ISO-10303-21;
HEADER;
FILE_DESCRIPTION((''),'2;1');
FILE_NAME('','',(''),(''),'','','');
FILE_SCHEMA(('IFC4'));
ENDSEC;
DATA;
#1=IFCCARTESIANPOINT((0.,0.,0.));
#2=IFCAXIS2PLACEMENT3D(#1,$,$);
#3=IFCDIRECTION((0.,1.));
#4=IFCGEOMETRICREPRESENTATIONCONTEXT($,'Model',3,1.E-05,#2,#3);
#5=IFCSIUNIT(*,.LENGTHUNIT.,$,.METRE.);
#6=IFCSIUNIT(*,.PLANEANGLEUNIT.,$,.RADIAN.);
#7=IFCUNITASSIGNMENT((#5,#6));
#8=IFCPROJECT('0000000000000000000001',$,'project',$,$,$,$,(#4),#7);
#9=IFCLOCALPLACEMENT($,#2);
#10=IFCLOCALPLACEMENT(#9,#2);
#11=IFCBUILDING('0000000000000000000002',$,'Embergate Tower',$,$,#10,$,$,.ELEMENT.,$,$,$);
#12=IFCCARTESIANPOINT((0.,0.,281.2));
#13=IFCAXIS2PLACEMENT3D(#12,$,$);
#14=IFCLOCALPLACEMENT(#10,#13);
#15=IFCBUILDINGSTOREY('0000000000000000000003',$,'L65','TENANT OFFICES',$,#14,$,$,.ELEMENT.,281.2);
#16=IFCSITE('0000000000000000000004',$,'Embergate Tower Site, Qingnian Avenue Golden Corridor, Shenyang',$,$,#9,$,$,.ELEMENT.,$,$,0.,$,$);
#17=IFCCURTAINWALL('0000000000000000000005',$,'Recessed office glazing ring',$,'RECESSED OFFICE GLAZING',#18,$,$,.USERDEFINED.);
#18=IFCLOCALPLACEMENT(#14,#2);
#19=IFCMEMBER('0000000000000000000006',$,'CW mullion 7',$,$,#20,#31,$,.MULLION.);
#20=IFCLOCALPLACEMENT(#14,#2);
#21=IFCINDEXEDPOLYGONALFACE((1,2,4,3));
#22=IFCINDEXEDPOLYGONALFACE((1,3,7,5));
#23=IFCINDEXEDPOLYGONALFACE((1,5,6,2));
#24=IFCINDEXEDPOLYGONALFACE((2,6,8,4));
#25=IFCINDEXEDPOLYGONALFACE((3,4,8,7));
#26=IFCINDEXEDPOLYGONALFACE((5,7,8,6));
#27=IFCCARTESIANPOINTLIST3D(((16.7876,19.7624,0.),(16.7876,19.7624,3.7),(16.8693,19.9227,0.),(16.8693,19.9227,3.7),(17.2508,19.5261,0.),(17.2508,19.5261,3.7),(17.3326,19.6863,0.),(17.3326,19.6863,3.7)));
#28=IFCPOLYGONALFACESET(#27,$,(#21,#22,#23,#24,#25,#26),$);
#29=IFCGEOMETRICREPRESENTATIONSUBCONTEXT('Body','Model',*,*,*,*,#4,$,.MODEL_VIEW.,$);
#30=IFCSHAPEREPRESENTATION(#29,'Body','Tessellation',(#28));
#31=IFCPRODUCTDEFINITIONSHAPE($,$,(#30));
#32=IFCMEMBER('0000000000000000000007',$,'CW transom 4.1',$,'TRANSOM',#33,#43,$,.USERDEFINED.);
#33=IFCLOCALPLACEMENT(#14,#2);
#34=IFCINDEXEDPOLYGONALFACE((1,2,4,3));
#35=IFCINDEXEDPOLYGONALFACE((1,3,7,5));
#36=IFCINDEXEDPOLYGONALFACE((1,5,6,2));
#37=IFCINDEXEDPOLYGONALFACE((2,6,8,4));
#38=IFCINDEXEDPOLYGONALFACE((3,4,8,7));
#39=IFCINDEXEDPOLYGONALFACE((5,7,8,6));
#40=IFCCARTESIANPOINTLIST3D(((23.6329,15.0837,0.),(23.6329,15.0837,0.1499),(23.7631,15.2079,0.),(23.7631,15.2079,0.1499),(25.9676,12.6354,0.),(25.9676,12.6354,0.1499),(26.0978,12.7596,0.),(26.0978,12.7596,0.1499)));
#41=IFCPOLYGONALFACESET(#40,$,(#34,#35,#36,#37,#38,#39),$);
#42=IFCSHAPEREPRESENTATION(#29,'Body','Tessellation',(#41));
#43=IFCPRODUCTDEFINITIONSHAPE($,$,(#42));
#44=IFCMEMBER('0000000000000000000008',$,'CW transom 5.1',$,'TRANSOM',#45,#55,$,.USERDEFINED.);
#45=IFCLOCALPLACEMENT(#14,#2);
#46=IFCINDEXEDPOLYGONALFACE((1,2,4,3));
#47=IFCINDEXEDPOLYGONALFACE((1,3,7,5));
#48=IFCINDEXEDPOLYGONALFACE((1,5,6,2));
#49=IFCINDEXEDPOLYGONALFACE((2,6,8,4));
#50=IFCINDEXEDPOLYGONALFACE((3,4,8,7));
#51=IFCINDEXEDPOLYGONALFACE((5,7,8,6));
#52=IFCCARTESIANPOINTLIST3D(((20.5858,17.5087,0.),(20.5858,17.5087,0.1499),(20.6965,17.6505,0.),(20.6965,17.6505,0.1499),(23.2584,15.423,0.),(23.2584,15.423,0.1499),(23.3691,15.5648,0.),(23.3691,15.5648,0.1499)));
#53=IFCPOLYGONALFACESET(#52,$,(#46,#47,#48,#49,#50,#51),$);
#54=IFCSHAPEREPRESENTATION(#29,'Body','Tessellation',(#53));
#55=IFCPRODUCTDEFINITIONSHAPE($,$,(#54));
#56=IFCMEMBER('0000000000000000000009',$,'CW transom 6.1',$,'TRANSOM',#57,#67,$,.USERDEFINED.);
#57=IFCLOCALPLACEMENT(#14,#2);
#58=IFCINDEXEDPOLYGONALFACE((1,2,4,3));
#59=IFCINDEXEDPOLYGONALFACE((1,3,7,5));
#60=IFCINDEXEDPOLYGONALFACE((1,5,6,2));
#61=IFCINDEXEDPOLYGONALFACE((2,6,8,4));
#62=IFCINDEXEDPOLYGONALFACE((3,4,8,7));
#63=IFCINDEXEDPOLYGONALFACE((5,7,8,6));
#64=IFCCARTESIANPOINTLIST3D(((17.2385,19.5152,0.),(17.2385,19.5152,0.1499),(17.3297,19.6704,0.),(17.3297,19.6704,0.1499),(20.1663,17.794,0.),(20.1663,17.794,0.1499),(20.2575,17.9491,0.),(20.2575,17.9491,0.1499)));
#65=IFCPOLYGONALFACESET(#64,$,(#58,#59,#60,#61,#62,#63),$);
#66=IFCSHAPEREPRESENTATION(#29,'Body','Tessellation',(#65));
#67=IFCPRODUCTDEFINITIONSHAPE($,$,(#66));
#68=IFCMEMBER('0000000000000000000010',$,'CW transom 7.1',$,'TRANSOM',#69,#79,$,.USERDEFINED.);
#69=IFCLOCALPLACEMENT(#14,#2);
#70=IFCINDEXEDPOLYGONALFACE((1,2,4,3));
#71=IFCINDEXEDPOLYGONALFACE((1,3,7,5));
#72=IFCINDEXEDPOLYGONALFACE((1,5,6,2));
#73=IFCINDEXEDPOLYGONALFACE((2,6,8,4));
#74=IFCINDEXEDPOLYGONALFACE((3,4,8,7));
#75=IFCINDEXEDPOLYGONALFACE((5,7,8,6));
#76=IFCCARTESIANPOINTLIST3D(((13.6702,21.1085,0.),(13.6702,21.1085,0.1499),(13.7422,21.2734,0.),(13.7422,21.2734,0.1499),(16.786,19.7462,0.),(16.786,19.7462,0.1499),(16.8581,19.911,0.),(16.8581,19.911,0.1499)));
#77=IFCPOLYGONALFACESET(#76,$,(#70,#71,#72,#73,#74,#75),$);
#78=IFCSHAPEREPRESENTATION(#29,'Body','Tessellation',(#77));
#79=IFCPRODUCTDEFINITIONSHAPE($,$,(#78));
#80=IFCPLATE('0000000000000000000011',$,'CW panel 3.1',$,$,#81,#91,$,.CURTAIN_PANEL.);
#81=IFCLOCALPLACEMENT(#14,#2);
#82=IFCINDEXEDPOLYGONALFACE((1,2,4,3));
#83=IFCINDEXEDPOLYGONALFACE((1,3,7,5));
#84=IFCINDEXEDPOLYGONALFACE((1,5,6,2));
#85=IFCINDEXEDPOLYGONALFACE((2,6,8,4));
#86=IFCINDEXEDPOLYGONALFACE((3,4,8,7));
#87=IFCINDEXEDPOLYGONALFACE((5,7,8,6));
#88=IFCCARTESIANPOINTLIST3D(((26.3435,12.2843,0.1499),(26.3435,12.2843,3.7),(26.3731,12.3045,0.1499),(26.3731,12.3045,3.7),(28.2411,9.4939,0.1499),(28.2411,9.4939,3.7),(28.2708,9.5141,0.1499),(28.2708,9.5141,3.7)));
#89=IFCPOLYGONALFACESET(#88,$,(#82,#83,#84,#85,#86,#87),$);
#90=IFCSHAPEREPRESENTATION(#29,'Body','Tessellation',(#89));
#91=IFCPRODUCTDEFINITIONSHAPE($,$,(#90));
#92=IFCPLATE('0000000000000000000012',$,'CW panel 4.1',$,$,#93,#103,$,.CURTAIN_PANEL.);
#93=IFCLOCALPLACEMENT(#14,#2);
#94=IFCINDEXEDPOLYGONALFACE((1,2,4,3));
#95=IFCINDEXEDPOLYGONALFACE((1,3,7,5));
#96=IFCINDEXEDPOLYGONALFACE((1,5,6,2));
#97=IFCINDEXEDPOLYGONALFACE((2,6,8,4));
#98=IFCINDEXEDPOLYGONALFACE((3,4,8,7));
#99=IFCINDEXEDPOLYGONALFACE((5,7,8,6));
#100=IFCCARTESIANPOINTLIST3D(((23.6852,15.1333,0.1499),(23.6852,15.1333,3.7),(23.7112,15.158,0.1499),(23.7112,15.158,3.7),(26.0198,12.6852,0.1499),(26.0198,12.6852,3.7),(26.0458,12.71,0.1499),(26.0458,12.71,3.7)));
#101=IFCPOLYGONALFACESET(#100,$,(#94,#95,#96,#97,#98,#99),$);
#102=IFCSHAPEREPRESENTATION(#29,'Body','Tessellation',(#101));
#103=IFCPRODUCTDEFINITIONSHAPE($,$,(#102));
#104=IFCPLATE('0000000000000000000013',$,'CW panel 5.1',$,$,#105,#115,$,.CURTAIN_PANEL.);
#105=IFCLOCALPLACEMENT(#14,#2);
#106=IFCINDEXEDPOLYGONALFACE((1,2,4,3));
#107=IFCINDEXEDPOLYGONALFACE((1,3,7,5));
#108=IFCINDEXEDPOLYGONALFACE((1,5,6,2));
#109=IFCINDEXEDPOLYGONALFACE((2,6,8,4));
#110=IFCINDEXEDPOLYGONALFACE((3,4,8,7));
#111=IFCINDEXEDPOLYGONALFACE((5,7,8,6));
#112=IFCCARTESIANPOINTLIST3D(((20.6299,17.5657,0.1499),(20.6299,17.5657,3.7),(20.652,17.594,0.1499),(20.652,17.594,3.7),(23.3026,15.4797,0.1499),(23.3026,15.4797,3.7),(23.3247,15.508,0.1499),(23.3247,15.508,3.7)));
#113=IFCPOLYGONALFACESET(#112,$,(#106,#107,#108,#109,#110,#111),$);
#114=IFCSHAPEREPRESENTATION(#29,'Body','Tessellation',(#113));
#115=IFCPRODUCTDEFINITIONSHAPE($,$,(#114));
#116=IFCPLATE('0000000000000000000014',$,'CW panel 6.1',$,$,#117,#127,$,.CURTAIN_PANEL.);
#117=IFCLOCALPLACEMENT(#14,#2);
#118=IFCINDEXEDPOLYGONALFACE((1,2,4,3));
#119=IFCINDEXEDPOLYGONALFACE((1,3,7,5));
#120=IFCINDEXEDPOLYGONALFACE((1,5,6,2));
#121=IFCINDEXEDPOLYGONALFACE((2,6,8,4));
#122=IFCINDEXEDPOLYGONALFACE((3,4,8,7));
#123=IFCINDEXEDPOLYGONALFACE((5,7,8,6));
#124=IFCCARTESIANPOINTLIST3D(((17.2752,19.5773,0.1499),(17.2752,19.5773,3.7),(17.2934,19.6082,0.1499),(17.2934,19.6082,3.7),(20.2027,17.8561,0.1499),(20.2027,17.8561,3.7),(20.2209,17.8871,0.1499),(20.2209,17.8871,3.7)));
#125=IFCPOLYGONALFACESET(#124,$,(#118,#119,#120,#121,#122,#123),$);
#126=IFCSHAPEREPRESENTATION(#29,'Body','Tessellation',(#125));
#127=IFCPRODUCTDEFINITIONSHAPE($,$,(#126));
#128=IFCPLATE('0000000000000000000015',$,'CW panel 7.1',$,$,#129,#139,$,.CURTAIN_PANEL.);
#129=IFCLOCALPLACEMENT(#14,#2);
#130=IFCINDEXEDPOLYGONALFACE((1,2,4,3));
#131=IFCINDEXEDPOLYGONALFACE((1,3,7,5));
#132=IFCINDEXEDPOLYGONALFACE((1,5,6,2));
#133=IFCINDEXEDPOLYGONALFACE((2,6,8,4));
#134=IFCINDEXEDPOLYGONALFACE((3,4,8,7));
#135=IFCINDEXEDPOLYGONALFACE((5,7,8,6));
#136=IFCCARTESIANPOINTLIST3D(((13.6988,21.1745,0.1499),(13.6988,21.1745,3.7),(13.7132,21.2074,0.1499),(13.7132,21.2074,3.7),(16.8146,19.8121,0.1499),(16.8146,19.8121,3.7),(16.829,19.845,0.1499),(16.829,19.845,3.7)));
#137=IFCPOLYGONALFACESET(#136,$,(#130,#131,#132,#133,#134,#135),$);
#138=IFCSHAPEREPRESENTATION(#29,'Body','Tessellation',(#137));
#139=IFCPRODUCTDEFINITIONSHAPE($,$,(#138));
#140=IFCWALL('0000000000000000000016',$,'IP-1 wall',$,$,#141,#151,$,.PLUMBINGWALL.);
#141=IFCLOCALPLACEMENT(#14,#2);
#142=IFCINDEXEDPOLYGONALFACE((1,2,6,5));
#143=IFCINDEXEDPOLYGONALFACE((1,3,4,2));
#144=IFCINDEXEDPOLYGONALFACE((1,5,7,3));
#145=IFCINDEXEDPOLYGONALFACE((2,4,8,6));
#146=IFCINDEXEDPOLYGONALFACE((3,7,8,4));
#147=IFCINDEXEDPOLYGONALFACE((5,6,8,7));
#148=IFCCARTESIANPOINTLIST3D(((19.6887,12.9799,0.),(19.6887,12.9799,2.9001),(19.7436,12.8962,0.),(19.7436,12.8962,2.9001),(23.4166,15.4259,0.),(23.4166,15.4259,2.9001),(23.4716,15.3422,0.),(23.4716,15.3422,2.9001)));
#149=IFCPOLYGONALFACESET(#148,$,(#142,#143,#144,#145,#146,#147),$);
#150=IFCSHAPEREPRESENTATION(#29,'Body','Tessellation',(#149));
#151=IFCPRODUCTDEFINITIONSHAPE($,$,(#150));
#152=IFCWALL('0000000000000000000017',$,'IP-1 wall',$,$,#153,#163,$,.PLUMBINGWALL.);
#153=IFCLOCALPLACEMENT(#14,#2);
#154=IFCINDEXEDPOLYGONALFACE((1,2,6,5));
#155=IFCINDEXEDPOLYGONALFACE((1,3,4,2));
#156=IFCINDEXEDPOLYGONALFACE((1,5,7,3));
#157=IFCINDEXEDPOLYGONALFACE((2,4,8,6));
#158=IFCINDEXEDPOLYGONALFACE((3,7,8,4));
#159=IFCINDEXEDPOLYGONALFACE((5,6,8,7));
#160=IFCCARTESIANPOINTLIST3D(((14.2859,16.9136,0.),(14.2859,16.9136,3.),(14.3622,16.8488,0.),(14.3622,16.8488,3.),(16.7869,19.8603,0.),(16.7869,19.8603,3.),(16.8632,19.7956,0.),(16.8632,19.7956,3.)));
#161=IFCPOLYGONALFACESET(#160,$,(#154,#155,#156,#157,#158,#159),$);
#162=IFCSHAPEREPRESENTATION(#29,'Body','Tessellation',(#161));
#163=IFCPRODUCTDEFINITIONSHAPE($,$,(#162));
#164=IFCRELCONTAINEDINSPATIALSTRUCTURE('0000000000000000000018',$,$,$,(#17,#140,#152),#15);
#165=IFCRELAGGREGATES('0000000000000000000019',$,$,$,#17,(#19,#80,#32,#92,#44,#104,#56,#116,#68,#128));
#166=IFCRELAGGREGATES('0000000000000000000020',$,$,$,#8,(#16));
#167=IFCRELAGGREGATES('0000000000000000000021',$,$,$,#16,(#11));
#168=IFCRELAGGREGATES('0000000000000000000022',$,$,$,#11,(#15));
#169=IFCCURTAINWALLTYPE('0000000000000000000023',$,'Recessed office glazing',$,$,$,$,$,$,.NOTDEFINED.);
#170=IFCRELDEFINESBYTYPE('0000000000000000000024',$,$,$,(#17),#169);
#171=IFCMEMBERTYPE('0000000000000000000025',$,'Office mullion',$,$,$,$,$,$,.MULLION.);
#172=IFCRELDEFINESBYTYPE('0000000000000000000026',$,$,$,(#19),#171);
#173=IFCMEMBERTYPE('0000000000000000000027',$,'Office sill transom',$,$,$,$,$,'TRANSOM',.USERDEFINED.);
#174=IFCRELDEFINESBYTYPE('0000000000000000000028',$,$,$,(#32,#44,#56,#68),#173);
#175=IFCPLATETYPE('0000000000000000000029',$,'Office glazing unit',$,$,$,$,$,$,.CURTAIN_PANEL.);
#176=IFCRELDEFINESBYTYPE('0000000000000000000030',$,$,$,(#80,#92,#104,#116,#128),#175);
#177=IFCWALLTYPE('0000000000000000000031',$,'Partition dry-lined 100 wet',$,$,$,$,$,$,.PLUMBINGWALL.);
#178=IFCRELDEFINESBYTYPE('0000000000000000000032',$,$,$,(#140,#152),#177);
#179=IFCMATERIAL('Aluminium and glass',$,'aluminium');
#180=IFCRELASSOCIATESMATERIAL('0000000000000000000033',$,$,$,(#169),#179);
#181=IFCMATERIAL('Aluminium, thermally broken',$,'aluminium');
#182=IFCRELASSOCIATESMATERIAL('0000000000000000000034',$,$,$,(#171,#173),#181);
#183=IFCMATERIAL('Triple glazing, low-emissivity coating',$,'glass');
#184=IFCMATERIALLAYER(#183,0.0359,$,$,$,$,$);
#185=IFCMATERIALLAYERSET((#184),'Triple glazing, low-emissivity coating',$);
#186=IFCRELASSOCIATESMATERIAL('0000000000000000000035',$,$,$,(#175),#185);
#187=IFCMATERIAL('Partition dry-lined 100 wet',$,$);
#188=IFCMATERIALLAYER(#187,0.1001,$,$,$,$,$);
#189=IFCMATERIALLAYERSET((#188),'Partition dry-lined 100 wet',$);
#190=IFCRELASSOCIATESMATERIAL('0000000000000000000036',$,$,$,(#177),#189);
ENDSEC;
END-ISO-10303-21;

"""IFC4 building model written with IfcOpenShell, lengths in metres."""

from ifc_helpers import new_model, si_unit, direction, frame, frame_2d, origin, origin_2d, place, context, subcontext, project, spatial, rectangle, extrude, source, transform, mapped, material, layer, layer_set, material_profile, profile_set, type_object, element, aggregate, save


model = new_model("IFC4")

# Units and contexts
model_context = context("Model", 3, precision=1e-05, world=origin(), true_north=direction((0.0, 1.0)))
body_context = subcontext(model_context, "Body", "Model", "MODEL_VIEW")
ifc_project = project(units=[si_unit("LENGTHUNIT", "METRE"), si_unit("PLANEANGLEUNIT", "RADIAN")], contexts=[model_context])

# Site, building, storey
site_placement = place(None, origin())
site = spatial("IfcSite", under=ifc_project, at=site_placement, Name="Embergate Tower Site, Qingnian Avenue Golden Corridor, Shenyang", CompositionType="ELEMENT", RefElevation=0.0)
building_placement = place(site_placement, origin())
building = spatial("IfcBuilding", under=site, at=building_placement, Name="Embergate Tower", CompositionType="ELEMENT")
storey_placement = place(building_placement, frame((0.0, 0.0, 281.2)))
storey = spatial("IfcBuildingStorey", under=building, at=storey_placement, Name="L65", Description="TENANT OFFICES", CompositionType="ELEMENT", Elevation=281.2)

# Curtain wall, members, plates
ifc_material_1 = material(Name="Aluminium and glass", Category="aluminium")
curtain_wall_type = type_object("IfcCurtainWallType", Name="Recessed office glazing", PredefinedType="NOTDEFINED", material=ifc_material_1)
curtain_wall_placement = place(storey_placement, origin())
curtain_wall = element("IfcCurtainWall", 1, at=curtain_wall_placement, inside=storey, type_object=curtain_wall_type, Name="Recessed office glazing ring", ObjectType="RECESSED OFFICE GLAZING", PredefinedType="USERDEFINED")
ifc_material_2 = material(Name="Aluminium, thermally broken", Category="aluminium")
ifc_material_profile_1 = material_profile(ifc_material_2, rectangle(XDim=0.1799, YDim=0.52, at=origin_2d()), Name="AL 520x180")
ifc_profile_set_1 = profile_set([ifc_material_profile_1], Name="Aluminium, thermally broken")
member_type_1 = type_object("IfcMemberType", Name="Office mullion", PredefinedType="MULLION", material=ifc_profile_set_1)
shared_shape_1 = source(origin(), body_context, "Body", "SweptSolid", [
    extrude(rectangle(XDim=0.1799, YDim=0.52, at=origin_2d()), origin(), (0.0, 0.0, 1.0), 3.7),
])
member_1_placement = place(storey_placement, frame((17.0601, 19.7244, 0.0), z_axis=(0.0, 0.0, 1.0), x_axis=(-0.454504, -0.890745, 0.0)))
member_1 = element("IfcMember", 2, at=member_1_placement, type_object=member_type_1, Name="CW mullion 7", PredefinedType="MULLION", context=body_context, shape_type="MappedRepresentation", body=[
    mapped(shared_shape_1, transform((0.0, 0.0, 0.0))),
])
ifc_material_profile_2 = material_profile(ifc_material_2, rectangle(XDim=0.1799, YDim=0.1499, at=origin_2d()), Name="AL 150x180")
ifc_profile_set_2 = profile_set([ifc_material_profile_2], Name="Aluminium, thermally broken")
member_type_2 = type_object("IfcMemberType", Name="Office sill transom", ElementType="TRANSOM", PredefinedType="USERDEFINED", material=ifc_profile_set_2)
shared_shape_2 = source(origin(), body_context, "Body", "SweptSolid", [
    extrude(rectangle(XDim=0.1799, YDim=0.1499, at=origin_2d()), origin(), (0.0, 0.0, 1.0), 3.3831),
])
member_2_placement = place(storey_placement, frame((26.0327, 12.6975, 0.075), z_axis=(-0.690129, 0.723686, 0.0), x_axis=(-0.723686, -0.690129, 0.0)))
member_2 = element("IfcMember", 3, at=member_2_placement, type_object=member_type_2, Name="CW transom 4.1", ObjectType="TRANSOM", PredefinedType="USERDEFINED", context=body_context, shape_type="MappedRepresentation", body=[
    mapped(shared_shape_2, transform((0.0, 0.0, 0.0))),
])
shared_shape_3 = source(origin(), body_context, "Body", "SweptSolid", [
    extrude(rectangle(XDim=0.1799, YDim=0.1499, at=origin_2d()), origin(), (0.0, 0.0, 1.0), 3.3901),
])
member_3_placement = place(storey_placement, frame((23.3137, 15.4939, 0.075), z_axis=(-0.788351, 0.615226, 0.0), x_axis=(-0.615226, -0.788351, 0.0)))
member_3 = element("IfcMember", 4, at=member_3_placement, type_object=member_type_2, Name="CW transom 5.1", ObjectType="TRANSOM", PredefinedType="USERDEFINED", context=body_context, shape_type="MappedRepresentation", body=[
    mapped(shared_shape_3, transform((0.0, 0.0, 0.0))),
])
shared_shape_4 = source(origin(), body_context, "Body", "SweptSolid", [
    extrude(rectangle(XDim=0.1799, YDim=0.1499, at=origin_2d()), origin(), (0.0, 0.0, 1.0), 3.3962),
])
member_4_placement = place(storey_placement, frame((20.2119, 17.8716, 0.075), z_axis=(-0.862064, 0.5068, 0.0), x_axis=(-0.5068, -0.862064, 0.0)))
member_4 = element("IfcMember", 5, at=member_4_placement, type_object=member_type_2, Name="CW transom 6.1", ObjectType="TRANSOM", PredefinedType="USERDEFINED", context=body_context, shape_type="MappedRepresentation", body=[
    mapped(shared_shape_4, transform((0.0, 0.0, 0.0))),
])
shared_shape_5 = source(origin(), body_context, "Body", "SweptSolid", [
    extrude(rectangle(XDim=0.1799, YDim=0.1499, at=origin_2d()), origin(), (0.0, 0.0, 1.0), 3.4006),
])
member_5_placement = place(storey_placement, frame((16.822, 19.8286, 0.075), z_axis=(-0.916246, 0.400615, 0.0), x_axis=(-0.400615, -0.916246, 0.0)))
member_5 = element("IfcMember", 6, at=member_5_placement, type_object=member_type_2, Name="CW transom 7.1", ObjectType="TRANSOM", PredefinedType="USERDEFINED", context=body_context, shape_type="MappedRepresentation", body=[
    mapped(shared_shape_5, transform((0.0, 0.0, 0.0))),
])
ifc_material_3 = material(Name="Triple glazing, low-emissivity coating", Category="glass")
ifc_layer_1 = layer(ifc_material_3, 0.0359)
ifc_layer_set_1 = layer_set([ifc_layer_1], Name="Triple glazing, low-emissivity coating")
plate_type = type_object("IfcPlateType", Name="Office glazing unit", PredefinedType="CURTAIN_PANEL", material=ifc_layer_set_1)
shared_shape_6 = source(origin(), body_context, "Body", "SweptSolid", [
    extrude(rectangle(XDim=3.3745, YDim=0.0359, at=origin_2d()), origin(), (0.0, 0.0, 1.0), 3.55),
])
plate_1_placement = place(storey_placement, frame((27.3071, 10.8992, 0.1499), z_axis=(0.0, 0.0, 1.0), x_axis=(-0.562348, 0.826901, 0.0)))
plate_1 = element("IfcPlate", 7, at=plate_1_placement, type_object=plate_type, Name="CW panel 3.1", PredefinedType="CURTAIN_PANEL", context=body_context, shape_type="MappedRepresentation", body=[
    mapped(shared_shape_6, transform((0.0, 0.0, 0.0))),
])
shared_shape_7 = source(origin(), body_context, "Body", "SweptSolid", [
    extrude(rectangle(XDim=3.3828, YDim=0.0359, at=origin_2d()), origin(), (0.0, 0.0, 1.0), 3.55),
])
plate_2_placement = place(storey_placement, frame((24.8655, 13.9216, 0.1499), z_axis=(0.0, 0.0, 1.0), x_axis=(-0.690139, 0.723677, 0.0)))
plate_2 = element("IfcPlate", 8, at=plate_2_placement, type_object=plate_type, Name="CW panel 4.1", PredefinedType="CURTAIN_PANEL", context=body_context, shape_type="MappedRepresentation", body=[
    mapped(shared_shape_7, transform((0.0, 0.0, 0.0))),
])
shared_shape_8 = source(origin(), body_context, "Body", "SweptSolid", [
    extrude(rectangle(XDim=3.3904, YDim=0.0359, at=origin_2d()), origin(), (0.0, 0.0, 1.0), 3.55),
])
plate_3_placement = place(storey_placement, frame((21.9773, 16.5369, 0.1499), z_axis=(0.0, 0.0, 1.0), x_axis=(-0.788323, 0.615261, 0.0)))
plate_3 = element("IfcPlate", 9, at=plate_3_placement, type_object=plate_type, Name="CW panel 5.1", PredefinedType="CURTAIN_PANEL", context=body_context, shape_type="MappedRepresentation", body=[
    mapped(shared_shape_8, transform((0.0, 0.0, 0.0))),
])
shared_shape_9 = source(origin(), body_context, "Body", "SweptSolid", [
    extrude(rectangle(XDim=3.396, YDim=0.0359, at=origin_2d()), origin(), (0.0, 0.0, 1.0), 3.55),
])
plate_4_placement = place(storey_placement, frame((18.748, 18.7322, 0.1499), z_axis=(0.0, 0.0, 1.0), x_axis=(-0.862055, 0.506815, 0.0)))
plate_4 = element("IfcPlate", 10, at=plate_4_placement, type_object=plate_type, Name="CW panel 6.1", PredefinedType="CURTAIN_PANEL", context=body_context, shape_type="MappedRepresentation", body=[
    mapped(shared_shape_9, transform((0.0, 0.0, 0.0))),
])
shared_shape_10 = source(origin(), body_context, "Body", "SweptSolid", [
    extrude(rectangle(XDim=3.4006, YDim=0.0359, at=origin_2d()), origin(), (0.0, 0.0, 1.0), 3.55),
])
plate_5_placement = place(storey_placement, frame((15.2639, 20.5098, 0.1499), z_axis=(0.0, 0.0, 1.0), x_axis=(-0.916237, 0.400637, 0.0)))
plate_5 = element("IfcPlate", 11, at=plate_5_placement, type_object=plate_type, Name="CW panel 7.1", PredefinedType="CURTAIN_PANEL", context=body_context, shape_type="MappedRepresentation", body=[
    mapped(shared_shape_10, transform((0.0, 0.0, 0.0))),
])
aggregate(curtain_wall, [member_1, plate_1, member_2, plate_2, member_3, plate_3, member_4, plate_4, member_5, plate_5])

# Walls
ifc_material_4 = material(Name="Partition dry-lined 100 wet")
ifc_layer_2 = layer(ifc_material_4, 0.1001)
ifc_layer_set_2 = layer_set([ifc_layer_2], Name="Partition dry-lined 100 wet")
wall_type = type_object("IfcWallType", Name="Partition dry-lined 100 wet", PredefinedType="PLUMBINGWALL", material=ifc_layer_set_2)
shared_shape_11 = source(origin(), body_context, "Body", "SweptSolid", [
    extrude(rectangle(XDim=4.4587, YDim=0.1001, at=frame_2d((2.2295, 0.0))), origin(), (0.0, 0.0, 1.0), 2.9001),
])
wall_1_placement = place(storey_placement, frame((19.7161, 12.938, 0.0), z_axis=(0.0, 0.0, 1.0), x_axis=(0.836097, 0.548582, 0.0)))
element("IfcWall", 12, at=wall_1_placement, inside=storey, type_object=wall_type, Name="IP-1 wall", PredefinedType="PLUMBINGWALL", context=body_context, shape_type="MappedRepresentation", body=[
    mapped(shared_shape_11, transform((0.0, 0.0, 0.0))),
])
shared_shape_12 = source(origin(), body_context, "Body", "SweptSolid", [
    extrude(rectangle(XDim=3.865, YDim=0.1001, at=frame_2d((1.9326, 0.0))), origin(), (0.0, 0.0, 1.0), 3.0),
])
wall_2_placement = place(storey_placement, frame((14.324, 16.8811, 0.0), z_axis=(0.0, 0.0, 1.0), x_axis=(0.64708, 0.762422, 0.0)))
element("IfcWall", 13, at=wall_2_placement, inside=storey, type_object=wall_type, Name="IP-1 wall", PredefinedType="PLUMBINGWALL", context=body_context, shape_type="MappedRepresentation", body=[
    mapped(shared_shape_12, transform((0.0, 0.0, 0.0))),
])

save(model, "model.ifc")
